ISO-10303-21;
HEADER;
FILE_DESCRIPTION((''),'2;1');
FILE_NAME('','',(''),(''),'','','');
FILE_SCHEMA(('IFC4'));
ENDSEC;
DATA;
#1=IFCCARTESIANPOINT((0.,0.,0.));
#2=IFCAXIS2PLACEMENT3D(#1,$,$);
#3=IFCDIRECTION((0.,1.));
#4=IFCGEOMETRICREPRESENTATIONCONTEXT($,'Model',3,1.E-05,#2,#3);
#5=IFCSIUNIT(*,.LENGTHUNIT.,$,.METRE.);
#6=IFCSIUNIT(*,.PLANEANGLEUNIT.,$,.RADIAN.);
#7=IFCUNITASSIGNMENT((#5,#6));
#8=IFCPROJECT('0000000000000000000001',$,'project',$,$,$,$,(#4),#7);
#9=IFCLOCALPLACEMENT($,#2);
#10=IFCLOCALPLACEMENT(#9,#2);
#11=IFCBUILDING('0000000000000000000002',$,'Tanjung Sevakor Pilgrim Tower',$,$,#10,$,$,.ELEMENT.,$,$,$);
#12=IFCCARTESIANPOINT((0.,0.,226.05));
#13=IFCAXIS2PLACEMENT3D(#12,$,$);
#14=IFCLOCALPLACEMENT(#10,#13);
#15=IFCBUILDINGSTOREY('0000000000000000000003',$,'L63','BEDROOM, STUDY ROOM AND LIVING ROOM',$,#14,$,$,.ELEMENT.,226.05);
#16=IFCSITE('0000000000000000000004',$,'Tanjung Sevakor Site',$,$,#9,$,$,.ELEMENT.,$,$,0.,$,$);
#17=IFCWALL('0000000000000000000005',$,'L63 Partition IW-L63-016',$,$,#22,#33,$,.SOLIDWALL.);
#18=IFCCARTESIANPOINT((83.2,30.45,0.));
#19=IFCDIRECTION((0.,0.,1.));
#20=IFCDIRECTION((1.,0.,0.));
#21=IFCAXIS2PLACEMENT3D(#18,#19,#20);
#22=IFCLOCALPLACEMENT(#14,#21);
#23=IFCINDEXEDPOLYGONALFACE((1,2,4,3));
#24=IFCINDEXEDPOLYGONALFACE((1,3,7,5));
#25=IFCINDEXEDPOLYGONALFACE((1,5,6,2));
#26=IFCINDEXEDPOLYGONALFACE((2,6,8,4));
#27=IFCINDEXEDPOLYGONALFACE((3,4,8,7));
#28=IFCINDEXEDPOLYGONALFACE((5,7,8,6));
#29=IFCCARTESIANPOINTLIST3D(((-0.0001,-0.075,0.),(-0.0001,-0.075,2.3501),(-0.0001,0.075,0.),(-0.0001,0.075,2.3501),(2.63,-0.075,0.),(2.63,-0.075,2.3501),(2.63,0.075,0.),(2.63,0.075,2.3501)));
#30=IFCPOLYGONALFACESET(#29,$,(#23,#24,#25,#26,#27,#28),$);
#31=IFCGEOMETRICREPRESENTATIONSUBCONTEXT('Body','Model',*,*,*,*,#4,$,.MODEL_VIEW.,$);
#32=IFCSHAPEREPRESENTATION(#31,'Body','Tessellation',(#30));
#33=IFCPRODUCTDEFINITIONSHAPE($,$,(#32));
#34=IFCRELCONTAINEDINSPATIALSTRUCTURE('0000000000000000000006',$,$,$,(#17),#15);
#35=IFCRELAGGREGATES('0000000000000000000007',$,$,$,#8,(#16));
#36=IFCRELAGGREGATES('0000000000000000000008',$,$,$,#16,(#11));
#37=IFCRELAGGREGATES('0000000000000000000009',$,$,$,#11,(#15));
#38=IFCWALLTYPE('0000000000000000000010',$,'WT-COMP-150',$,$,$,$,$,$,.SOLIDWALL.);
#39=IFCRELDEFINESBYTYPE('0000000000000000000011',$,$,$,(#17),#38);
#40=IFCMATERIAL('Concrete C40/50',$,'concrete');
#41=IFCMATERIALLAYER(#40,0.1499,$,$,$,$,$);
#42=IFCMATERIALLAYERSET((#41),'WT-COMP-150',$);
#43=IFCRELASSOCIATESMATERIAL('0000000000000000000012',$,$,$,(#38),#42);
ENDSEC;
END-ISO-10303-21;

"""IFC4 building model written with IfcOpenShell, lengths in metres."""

from ifc_helpers import new_model, si_unit, direction, frame, frame_2d, origin, place, context, subcontext, project, spatial, rectangle, extrude, material, layer, layer_set, type_object, element, save


model = new_model("IFC4")

# Units and contexts
model_context = context("Model", 3, precision=1e-05, world=origin(), true_north=direction((0.0, 1.0)))
body_context = subcontext(model_context, "Body", "Model", "MODEL_VIEW")
ifc_project = project(units=[si_unit("LENGTHUNIT", "METRE"), si_unit("PLANEANGLEUNIT", "RADIAN")], contexts=[model_context])

# Site, building, storey
site_placement = place(None, origin())
site = spatial("IfcSite", under=ifc_project, at=site_placement, Name="Tanjung Sevakor Site", CompositionType="ELEMENT", RefElevation=0.0)
building_placement = place(site_placement, origin())
building = spatial("IfcBuilding", under=site, at=building_placement, Name="Tanjung Sevakor Pilgrim Tower", CompositionType="ELEMENT")
storey_placement = place(building_placement, frame((0.0, 0.0, 226.05)))
storey = spatial("IfcBuildingStorey", under=building, at=storey_placement, Name="L63", Description="BEDROOM, STUDY ROOM AND LIVING ROOM", CompositionType="ELEMENT", Elevation=226.05)

# Wall
ifc_material_1 = material(Name="Concrete C40/50", Category="concrete")
ifc_layer_1 = layer(ifc_material_1, 0.1499)
ifc_layer_set_1 = layer_set([ifc_layer_1], Name="WT-COMP-150")
wall_type_1 = type_object("IfcWallType", Name="WT-COMP-150", PredefinedType="SOLIDWALL", material=ifc_layer_set_1)
wall_1_placement = place(storey_placement, frame((83.2, 30.45, 0.0), z_axis=(0.0, 0.0, 1.0), x_axis=(1.0, 0.0, 0.0)))
element("IfcWall", 1, at=wall_1_placement, inside=storey, type_object=wall_type_1, Name="L63 Partition IW-L63-016", PredefinedType="SOLIDWALL", context=body_context, shape_type="SweptSolid", body=[
    extrude(rectangle(XDim=2.6301, YDim=0.1499, at=frame_2d((1.3149, 0.0))), origin(), (0.0, 0.0, 1.0), 2.3501),
])

save(model, "model.ifc")
